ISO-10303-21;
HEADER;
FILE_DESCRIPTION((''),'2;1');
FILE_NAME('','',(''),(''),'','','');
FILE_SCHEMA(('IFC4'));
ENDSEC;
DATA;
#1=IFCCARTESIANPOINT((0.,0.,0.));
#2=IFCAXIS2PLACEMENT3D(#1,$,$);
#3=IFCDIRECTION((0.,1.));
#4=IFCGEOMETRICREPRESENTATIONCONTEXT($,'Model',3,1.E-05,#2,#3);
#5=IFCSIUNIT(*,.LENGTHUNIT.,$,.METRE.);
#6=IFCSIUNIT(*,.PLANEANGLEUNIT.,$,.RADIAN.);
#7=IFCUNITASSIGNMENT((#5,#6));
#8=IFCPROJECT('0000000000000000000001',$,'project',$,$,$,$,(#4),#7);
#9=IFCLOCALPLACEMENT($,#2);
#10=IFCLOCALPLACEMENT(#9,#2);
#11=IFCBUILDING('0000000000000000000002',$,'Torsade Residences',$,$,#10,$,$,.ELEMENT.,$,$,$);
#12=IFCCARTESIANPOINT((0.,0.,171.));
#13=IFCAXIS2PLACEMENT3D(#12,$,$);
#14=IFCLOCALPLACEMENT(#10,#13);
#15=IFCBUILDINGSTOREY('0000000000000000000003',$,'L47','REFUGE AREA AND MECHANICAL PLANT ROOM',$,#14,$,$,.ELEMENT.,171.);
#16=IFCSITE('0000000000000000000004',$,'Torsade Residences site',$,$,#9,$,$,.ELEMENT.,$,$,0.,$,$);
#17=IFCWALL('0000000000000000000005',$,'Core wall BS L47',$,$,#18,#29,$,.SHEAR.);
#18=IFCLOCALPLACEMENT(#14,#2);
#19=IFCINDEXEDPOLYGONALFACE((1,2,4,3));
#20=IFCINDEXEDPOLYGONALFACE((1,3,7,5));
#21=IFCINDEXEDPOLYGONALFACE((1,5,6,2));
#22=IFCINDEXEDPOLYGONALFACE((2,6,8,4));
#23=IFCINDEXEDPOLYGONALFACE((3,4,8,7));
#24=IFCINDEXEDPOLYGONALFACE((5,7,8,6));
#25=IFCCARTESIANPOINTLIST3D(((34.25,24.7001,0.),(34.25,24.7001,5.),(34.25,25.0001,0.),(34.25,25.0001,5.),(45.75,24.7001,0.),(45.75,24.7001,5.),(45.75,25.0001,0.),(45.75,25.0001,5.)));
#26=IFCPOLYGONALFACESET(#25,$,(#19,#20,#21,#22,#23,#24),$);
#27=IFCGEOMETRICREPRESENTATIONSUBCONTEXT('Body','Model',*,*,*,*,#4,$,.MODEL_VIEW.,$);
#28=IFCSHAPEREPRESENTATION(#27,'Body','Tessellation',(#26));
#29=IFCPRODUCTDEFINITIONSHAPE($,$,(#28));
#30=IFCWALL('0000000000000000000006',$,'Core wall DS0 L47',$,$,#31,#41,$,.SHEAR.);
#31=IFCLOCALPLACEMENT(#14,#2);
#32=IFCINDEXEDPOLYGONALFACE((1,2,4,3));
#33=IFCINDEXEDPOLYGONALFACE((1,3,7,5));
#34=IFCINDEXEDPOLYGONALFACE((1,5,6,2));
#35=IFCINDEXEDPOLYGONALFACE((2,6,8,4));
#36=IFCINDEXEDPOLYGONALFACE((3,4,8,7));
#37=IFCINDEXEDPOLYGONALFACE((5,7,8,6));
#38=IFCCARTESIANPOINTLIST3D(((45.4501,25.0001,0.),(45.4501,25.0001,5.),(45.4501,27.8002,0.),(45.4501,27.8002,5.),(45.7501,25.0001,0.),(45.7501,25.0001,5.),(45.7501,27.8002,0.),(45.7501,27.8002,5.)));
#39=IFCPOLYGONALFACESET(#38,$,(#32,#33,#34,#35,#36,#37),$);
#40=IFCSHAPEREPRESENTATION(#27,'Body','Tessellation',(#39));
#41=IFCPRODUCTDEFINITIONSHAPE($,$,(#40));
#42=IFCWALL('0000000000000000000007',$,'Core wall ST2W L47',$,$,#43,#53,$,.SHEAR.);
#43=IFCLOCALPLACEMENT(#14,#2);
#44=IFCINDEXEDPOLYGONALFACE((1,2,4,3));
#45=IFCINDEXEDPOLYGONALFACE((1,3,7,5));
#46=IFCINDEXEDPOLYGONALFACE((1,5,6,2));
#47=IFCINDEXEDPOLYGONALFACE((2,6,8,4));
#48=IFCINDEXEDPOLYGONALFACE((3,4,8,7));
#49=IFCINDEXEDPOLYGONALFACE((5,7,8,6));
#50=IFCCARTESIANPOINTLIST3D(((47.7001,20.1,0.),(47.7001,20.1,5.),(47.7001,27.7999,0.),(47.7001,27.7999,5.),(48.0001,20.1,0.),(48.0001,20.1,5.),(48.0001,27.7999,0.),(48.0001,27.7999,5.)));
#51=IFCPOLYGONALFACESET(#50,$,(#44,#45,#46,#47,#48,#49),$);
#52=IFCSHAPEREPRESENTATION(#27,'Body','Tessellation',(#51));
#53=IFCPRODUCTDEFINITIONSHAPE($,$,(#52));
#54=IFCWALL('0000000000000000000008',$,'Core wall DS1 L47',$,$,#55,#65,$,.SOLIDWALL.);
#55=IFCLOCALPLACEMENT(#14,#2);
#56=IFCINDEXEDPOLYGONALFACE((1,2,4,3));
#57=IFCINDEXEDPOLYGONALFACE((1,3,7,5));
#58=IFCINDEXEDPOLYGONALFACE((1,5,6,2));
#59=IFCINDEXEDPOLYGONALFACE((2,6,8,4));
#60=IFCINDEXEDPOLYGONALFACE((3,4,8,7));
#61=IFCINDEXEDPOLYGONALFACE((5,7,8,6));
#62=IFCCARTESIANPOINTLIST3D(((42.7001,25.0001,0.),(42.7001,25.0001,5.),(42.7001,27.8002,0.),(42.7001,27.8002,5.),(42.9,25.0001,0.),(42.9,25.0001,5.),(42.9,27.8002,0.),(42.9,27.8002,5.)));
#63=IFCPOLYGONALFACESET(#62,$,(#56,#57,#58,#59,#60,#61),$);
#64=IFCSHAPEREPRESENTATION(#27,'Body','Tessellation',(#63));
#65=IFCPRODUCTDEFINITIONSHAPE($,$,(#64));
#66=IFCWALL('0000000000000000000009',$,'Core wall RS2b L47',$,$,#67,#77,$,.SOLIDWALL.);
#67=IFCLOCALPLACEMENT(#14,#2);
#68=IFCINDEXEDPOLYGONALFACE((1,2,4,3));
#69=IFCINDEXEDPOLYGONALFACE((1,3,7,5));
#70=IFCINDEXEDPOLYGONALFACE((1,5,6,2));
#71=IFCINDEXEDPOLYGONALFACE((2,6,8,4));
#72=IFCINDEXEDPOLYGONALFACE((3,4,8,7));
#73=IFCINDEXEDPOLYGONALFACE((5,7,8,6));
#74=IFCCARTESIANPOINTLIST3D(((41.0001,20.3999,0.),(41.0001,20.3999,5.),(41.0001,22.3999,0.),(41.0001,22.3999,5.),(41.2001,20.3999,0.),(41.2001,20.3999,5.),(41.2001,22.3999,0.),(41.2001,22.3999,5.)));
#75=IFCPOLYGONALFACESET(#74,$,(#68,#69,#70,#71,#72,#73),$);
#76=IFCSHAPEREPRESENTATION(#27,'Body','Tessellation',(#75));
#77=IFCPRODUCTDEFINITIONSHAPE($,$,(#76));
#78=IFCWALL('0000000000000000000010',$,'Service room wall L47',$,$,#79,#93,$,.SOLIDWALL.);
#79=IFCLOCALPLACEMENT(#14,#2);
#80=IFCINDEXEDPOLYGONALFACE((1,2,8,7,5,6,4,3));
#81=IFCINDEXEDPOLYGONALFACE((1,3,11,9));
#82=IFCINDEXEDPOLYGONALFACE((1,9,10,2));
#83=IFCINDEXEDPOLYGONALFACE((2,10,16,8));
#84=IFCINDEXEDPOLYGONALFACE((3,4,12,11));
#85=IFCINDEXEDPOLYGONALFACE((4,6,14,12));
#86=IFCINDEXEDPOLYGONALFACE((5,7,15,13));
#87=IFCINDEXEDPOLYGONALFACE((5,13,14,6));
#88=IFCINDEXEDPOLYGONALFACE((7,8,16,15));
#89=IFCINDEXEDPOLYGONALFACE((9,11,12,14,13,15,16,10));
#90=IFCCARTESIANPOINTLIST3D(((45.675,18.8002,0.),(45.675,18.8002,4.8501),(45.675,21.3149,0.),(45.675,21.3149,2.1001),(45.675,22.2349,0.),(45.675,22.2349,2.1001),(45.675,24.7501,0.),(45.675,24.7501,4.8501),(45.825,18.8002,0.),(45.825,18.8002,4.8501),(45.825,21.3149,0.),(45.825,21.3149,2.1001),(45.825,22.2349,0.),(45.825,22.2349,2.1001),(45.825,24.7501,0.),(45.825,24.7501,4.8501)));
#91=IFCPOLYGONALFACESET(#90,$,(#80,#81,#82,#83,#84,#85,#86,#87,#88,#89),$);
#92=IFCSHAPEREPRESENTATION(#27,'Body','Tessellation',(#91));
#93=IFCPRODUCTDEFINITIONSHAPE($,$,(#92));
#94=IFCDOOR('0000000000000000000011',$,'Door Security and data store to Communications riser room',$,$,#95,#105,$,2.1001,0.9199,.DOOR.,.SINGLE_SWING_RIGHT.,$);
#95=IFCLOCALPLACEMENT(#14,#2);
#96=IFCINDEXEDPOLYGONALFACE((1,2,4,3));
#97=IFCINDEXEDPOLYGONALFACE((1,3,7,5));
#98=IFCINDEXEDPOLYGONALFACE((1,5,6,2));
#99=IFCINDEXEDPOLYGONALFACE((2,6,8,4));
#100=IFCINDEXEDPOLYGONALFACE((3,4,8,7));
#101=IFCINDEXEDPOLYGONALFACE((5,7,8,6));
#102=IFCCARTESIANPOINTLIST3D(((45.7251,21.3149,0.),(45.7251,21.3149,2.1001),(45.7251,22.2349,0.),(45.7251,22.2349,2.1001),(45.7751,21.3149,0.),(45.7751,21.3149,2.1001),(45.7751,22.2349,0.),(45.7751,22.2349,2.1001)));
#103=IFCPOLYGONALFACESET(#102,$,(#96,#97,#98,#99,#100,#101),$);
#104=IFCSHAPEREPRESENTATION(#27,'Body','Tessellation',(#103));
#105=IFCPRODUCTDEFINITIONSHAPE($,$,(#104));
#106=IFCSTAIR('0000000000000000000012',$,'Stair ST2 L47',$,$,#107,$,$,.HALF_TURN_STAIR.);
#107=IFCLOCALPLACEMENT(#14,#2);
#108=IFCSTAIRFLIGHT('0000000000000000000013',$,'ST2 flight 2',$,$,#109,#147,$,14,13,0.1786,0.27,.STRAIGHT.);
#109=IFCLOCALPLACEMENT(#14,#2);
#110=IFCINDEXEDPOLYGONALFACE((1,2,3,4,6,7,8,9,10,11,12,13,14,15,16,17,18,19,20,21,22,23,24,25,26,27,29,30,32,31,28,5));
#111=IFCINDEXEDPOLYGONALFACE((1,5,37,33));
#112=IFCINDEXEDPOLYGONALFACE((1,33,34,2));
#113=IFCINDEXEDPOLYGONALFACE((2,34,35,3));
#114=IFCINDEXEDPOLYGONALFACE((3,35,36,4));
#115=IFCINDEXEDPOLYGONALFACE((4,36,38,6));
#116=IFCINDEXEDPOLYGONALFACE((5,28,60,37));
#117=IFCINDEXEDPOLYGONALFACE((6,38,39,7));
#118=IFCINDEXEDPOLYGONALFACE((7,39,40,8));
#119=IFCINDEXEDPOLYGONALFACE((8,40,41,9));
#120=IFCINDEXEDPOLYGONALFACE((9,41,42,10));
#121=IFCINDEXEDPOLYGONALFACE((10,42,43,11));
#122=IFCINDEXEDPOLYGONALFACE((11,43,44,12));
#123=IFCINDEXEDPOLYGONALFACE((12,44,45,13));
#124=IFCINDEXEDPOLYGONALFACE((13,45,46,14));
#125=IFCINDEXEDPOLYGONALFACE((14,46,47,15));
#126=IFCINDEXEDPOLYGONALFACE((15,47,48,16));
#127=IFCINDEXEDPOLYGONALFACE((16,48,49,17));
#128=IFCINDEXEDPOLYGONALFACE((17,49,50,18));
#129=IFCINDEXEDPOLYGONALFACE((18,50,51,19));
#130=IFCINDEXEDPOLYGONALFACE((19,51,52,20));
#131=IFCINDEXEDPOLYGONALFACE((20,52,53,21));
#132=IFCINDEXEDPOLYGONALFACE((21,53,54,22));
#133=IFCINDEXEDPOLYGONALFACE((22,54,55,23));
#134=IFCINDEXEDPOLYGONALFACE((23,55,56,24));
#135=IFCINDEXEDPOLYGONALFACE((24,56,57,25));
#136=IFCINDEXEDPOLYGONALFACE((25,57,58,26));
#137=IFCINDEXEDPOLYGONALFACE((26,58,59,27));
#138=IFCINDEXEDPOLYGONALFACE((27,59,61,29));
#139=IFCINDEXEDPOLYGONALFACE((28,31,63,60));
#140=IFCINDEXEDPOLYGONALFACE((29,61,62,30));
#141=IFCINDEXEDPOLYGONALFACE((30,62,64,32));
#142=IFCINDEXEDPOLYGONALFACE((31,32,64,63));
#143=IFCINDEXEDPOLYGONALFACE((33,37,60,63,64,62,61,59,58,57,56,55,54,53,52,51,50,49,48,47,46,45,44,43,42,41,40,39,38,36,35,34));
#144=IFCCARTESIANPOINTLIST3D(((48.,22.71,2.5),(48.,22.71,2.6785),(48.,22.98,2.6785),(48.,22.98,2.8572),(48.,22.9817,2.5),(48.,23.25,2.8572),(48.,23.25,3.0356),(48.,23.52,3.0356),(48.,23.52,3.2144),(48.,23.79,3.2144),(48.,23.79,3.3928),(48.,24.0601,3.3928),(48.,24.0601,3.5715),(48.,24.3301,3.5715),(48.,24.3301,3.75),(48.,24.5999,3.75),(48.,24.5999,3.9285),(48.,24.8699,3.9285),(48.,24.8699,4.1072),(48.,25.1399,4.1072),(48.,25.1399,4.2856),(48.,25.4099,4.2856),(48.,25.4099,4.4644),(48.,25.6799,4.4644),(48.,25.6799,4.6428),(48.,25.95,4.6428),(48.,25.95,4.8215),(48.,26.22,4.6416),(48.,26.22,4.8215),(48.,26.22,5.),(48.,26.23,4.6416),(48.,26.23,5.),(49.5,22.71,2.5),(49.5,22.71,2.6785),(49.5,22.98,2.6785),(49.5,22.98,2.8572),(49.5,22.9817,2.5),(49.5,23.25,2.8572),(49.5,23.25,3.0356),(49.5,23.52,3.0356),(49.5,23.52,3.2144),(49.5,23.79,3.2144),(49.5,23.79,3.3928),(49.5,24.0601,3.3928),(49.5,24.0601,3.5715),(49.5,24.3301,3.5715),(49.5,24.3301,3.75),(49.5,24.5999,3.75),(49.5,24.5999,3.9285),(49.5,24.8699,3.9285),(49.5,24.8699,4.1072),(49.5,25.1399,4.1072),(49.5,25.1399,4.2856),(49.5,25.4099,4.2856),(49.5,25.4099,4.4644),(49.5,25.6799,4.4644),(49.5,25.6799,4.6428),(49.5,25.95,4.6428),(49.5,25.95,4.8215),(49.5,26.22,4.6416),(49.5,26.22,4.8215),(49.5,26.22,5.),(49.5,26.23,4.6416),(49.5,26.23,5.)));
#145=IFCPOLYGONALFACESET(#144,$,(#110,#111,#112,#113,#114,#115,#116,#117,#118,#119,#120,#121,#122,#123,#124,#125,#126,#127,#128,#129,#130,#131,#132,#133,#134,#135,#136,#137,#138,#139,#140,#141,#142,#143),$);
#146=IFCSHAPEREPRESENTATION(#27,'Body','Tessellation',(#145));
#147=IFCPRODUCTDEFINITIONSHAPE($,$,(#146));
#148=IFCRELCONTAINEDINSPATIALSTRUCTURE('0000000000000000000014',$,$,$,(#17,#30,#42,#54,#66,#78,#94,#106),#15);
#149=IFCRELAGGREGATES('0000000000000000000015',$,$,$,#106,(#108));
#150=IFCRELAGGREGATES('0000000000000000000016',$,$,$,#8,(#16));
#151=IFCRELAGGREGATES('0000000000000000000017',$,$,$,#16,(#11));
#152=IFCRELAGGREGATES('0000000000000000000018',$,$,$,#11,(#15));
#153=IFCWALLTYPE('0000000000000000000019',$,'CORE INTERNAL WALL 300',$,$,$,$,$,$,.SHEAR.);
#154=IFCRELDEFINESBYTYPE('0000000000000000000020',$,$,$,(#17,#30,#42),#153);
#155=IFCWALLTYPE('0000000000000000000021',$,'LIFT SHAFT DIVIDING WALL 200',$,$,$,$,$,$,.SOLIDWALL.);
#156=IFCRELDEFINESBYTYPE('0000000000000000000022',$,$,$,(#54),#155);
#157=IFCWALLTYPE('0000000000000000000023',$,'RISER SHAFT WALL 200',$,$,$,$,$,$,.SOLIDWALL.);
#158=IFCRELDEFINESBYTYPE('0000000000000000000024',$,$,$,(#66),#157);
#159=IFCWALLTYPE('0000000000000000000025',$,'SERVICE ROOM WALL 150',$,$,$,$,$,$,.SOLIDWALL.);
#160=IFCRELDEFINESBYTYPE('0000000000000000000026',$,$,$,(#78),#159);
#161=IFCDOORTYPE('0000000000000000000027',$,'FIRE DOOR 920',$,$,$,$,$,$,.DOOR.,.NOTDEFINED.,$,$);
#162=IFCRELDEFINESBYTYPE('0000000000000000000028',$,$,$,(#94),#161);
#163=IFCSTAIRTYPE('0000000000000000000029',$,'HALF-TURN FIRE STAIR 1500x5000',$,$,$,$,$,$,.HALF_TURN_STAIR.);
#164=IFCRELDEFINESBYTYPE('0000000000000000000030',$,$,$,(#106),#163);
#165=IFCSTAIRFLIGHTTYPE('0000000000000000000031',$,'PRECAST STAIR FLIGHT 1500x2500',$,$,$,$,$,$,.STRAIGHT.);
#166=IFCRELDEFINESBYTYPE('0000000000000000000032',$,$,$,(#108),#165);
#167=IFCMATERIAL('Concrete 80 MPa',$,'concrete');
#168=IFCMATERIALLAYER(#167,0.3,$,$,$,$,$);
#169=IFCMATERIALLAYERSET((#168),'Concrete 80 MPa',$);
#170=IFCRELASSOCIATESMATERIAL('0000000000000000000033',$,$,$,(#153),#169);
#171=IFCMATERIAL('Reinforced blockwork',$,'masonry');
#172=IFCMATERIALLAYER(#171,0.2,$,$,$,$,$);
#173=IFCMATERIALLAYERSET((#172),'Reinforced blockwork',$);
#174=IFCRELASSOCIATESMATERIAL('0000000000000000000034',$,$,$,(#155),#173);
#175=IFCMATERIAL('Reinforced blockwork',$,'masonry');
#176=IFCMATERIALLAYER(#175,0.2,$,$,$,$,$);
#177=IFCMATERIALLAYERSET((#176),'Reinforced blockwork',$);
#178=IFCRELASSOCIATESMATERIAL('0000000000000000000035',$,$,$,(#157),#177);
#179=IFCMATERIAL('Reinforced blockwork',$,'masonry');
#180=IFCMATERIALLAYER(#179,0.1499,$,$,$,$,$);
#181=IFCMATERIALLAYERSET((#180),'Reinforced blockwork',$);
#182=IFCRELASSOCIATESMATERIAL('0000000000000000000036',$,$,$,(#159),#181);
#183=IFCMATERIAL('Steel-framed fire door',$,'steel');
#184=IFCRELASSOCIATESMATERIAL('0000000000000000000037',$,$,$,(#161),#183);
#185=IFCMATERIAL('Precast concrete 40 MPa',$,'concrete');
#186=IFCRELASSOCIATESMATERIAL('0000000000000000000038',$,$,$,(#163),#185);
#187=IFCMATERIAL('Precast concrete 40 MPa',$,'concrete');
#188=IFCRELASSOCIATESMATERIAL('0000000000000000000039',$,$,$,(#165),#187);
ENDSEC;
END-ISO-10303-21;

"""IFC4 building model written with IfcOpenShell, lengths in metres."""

from ifc_helpers import new_model, si_unit, direction, frame, frame_2d, origin, place, context, subcontext, project, spatial, polyline, rectangle, outline, extrude, material, layer, layer_set, type_object, element, fill, aggregate, save


model = new_model("IFC4")

# Units and contexts
model_context = context("Model", 3, precision=1e-05, world=origin(), true_north=direction((0.0, 1.0)))
body_context = subcontext(model_context, "Body", "Model", "MODEL_VIEW")
ifc_project = project(units=[si_unit("LENGTHUNIT", "METRE"), si_unit("PLANEANGLEUNIT", "RADIAN")], contexts=[model_context])

# Site, building, storey
site_placement = place(None, origin())
site = spatial("IfcSite", under=ifc_project, at=site_placement, Name="Torsade Residences site", CompositionType="ELEMENT", RefElevation=0.0)
building_placement = place(site_placement, origin())
building = spatial("IfcBuilding", under=site, at=building_placement, Name="Torsade Residences", CompositionType="ELEMENT")
storey_placement = place(building_placement, frame((0.0, 0.0, 171.0)))
storey = spatial("IfcBuildingStorey", under=building, at=storey_placement, Name="L47", Description="REFUGE AREA AND MECHANICAL PLANT ROOM", CompositionType="ELEMENT", Elevation=171.0)

# Walls
ifc_material_1 = material(Name="Concrete 80 MPa", Category="concrete")
ifc_layer_1 = layer(ifc_material_1, 0.3)
ifc_layer_set_1 = layer_set([ifc_layer_1], Name="Concrete 80 MPa")
wall_type_1 = type_object("IfcWallType", Name="CORE INTERNAL WALL 300", PredefinedType="SHEAR", material=ifc_layer_set_1)
wall_1_placement = place(storey_placement, frame((45.75, 24.8501, 0.0), z_axis=(0.0, 0.0, 1.0), x_axis=(-1.0, 0.0, 0.0)))
element("IfcWall", 1, at=wall_1_placement, inside=storey, type_object=wall_type_1, Name="Core wall BS L47", PredefinedType="SHEAR", context=body_context, shape_type="SweptSolid", body=[
    extrude(rectangle(XDim=11.5, YDim=0.3, at=frame_2d((5.75, 0.0))), origin(), (0.0, 0.0, 1.0), 5.0),
])
wall_2_placement = place(storey_placement, frame((45.6001, 27.8, 0.0), z_axis=(0.0, 0.0, 1.0), x_axis=(0.0, -1.0, 0.0)))
element("IfcWall", 2, at=wall_2_placement, inside=storey, type_object=wall_type_1, Name="Core wall DS0 L47", PredefinedType="SHEAR", context=body_context, shape_type="SweptSolid", body=[
    extrude(rectangle(XDim=2.8, YDim=0.3, at=frame_2d((1.3999, 0.0))), origin(), (0.0, 0.0, 1.0), 5.0),
])
wall_3_placement = place(storey_placement, frame((47.8501, 27.8, 0.0), z_axis=(0.0, 0.0, 1.0), x_axis=(0.0, -1.0, 0.0)))
element("IfcWall", 3, at=wall_3_placement, inside=storey, type_object=wall_type_1, Name="Core wall ST2W L47", PredefinedType="SHEAR", context=body_context, shape_type="SweptSolid", body=[
    extrude(rectangle(XDim=7.7, YDim=0.3, at=frame_2d((3.8501, 0.0))), origin(), (0.0, 0.0, 1.0), 5.0),
])
ifc_material_2 = material(Name="Reinforced blockwork", Category="masonry")
ifc_layer_2 = layer(ifc_material_2, 0.2)
ifc_layer_set_2 = layer_set([ifc_layer_2], Name="Reinforced blockwork")
wall_type_2 = type_object("IfcWallType", Name="LIFT SHAFT DIVIDING WALL 200", PredefinedType="SOLIDWALL", material=ifc_layer_set_2)
wall_4_placement = place(storey_placement, frame((42.8, 27.8, 0.0), z_axis=(0.0, 0.0, 1.0), x_axis=(0.0, -1.0, 0.0)))
element("IfcWall", 4, at=wall_4_placement, inside=storey, type_object=wall_type_2, Name="Core wall DS1 L47", PredefinedType="SOLIDWALL", context=body_context, shape_type="SweptSolid", body=[
    extrude(rectangle(XDim=2.8, YDim=0.2, at=frame_2d((1.3999, 0.0))), origin(), (0.0, 0.0, 1.0), 5.0),
])
ifc_material_3 = material(Name="Reinforced blockwork", Category="masonry")
ifc_layer_3 = layer(ifc_material_3, 0.2)
ifc_layer_set_3 = layer_set([ifc_layer_3], Name="Reinforced blockwork")
wall_type_3 = type_object("IfcWallType", Name="RISER SHAFT WALL 200", PredefinedType="SOLIDWALL", material=ifc_layer_set_3)
wall_5_placement = place(storey_placement, frame((41.1001, 22.3999, 0.0), z_axis=(0.0, 0.0, 1.0), x_axis=(0.0, -1.0, 0.0)))
element("IfcWall", 5, at=wall_5_placement, inside=storey, type_object=wall_type_3, Name="Core wall RS2b L47", PredefinedType="SOLIDWALL", context=body_context, shape_type="SweptSolid", body=[
    extrude(rectangle(XDim=2.0, YDim=0.2, at=frame_2d((1.0, 0.0))), origin(), (0.0, 0.0, 1.0), 5.0),
])

# Wall, opening, door
ifc_material_4 = material(Name="Reinforced blockwork", Category="masonry")
ifc_layer_4 = layer(ifc_material_4, 0.1499)
ifc_layer_set_4 = layer_set([ifc_layer_4], Name="Reinforced blockwork")
wall_type_4 = type_object("IfcWallType", Name="SERVICE ROOM WALL 150", PredefinedType="SOLIDWALL", material=ifc_layer_set_4)
wall_6_placement = place(storey_placement, frame((45.75, 18.8, 0.0), z_axis=(0.0, 0.0, 1.0), x_axis=(0.0, 1.0, 0.0)))
wall_6 = element("IfcWall", 6, at=wall_6_placement, inside=storey, type_object=wall_type_4, Name="Service room wall L47", PredefinedType="SOLIDWALL", context=body_context, shape_type="SweptSolid", body=[
    extrude(rectangle(XDim=5.95, YDim=0.1499, at=frame_2d((2.9751, 0.0))), origin(), (0.0, 0.0, 1.0), 4.8501),
])
opening_placement = place(wall_6_placement, frame((2.5149, 0.0, 0.0)))
opening = element("IfcOpeningElement", 7, at=opening_placement, cuts=wall_6, PredefinedType="OPENING", context=body_context, shape_type="SweptSolid", body=[
    extrude(rectangle(XDim=0.9199, YDim=2.1001, at=frame_2d((0.46, 1.05))), frame((0.0, 0.085, 0.0), z_axis=(0.0, -1.0, 0.0), x_axis=(1.0, 0.0, 0.0)), (0.0, 0.0, 1.0), 0.1699),
])
ifc_material_5 = material(Name="Steel-framed fire door", Category="steel")
door_type = type_object("IfcDoorType", Name="FIRE DOOR 920", OperationType="NOTDEFINED", PredefinedType="DOOR", material=ifc_material_5)
door_placement = place(opening_placement, origin())
door = element("IfcDoor", 8, at=door_placement, inside=storey, type_object=door_type, Name="Door Security and data store to Communications riser room", OperationType="SINGLE_SWING_RIGHT", OverallHeight=2.1001, OverallWidth=0.9199, PredefinedType="DOOR", context=body_context, shape_type="SweptSolid", body=[
    extrude(rectangle(XDim=0.9199, YDim=2.1001, at=frame_2d((0.46, 1.05))), frame((0.0, 0.0249, 0.0), z_axis=(0.0, -1.0, 0.0), x_axis=(1.0, 0.0, 0.0)), (0.0, 0.0, 1.0), 0.05),
])
fill(opening, door)

# Stair, stair flight
ifc_material_6 = material(Name="Precast concrete 40 MPa", Category="concrete")
stair_type = type_object("IfcStairType", Name="HALF-TURN FIRE STAIR 1500x5000", PredefinedType="HALF_TURN_STAIR", material=ifc_material_6)
stair_placement = place(storey_placement, origin())
stair = element("IfcStair", 9, at=stair_placement, inside=storey, type_object=stair_type, Name="Stair ST2 L47", PredefinedType="HALF_TURN_STAIR")
ifc_material_7 = material(Name="Precast concrete 40 MPa", Category="concrete")
stair_flight_type = type_object("IfcStairFlightType", Name="PRECAST STAIR FLIGHT 1500x2500", PredefinedType="STRAIGHT", material=ifc_material_7)
stair_flight_placement = place(storey_placement, frame((48.75, 22.71, 2.5), z_axis=(0.0, 0.0, 1.0), x_axis=(0.0, 1.0, 0.0)))
stair_flight = element("IfcStairFlight", 10, at=stair_flight_placement, type_object=stair_flight_type, Name="ST2 flight 2", NumberOfRisers=14, NumberOfTreads=13, PredefinedType="STRAIGHT", RiserHeight=0.1786, TreadLength=0.27, context=body_context, shape_type="SweptSolid", body=[
    extrude(outline(polyline([(0.0, 0.0), (0.0, 0.1785), (0.27, 0.1785), (0.27, 0.3572), (0.54, 0.3572), (0.54, 0.5356), (0.8101, 0.5356), (0.8101, 0.7144), (1.0801, 0.7144), (1.0801, 0.8928), (1.3501, 0.8928), (1.3501, 1.0715), (1.6201, 1.0715), (1.6201, 1.25), (1.8899, 1.25), (1.8899, 1.4285), (2.1599, 1.4285), (2.1599, 1.6072), (2.4299, 1.6072), (2.4299, 1.7856), (2.7, 1.7856), (2.7, 1.9644), (2.97, 1.9644), (2.97, 2.1428), (3.24, 2.1428), (3.24, 2.3215), (3.51, 2.3215), (3.51, 2.5), (3.52, 2.5), (3.52, 2.1416), (3.51, 2.1416), (0.2717, 0.0), (0.0, 0.0)])), frame((0.0, 0.75, 0.0), z_axis=(0.0, -1.0, 0.0), x_axis=(1.0, 0.0, 0.0)), (0.0, 0.0, 1.0), 1.5),
])
aggregate(stair, [stair_flight])

save(model, "model.ifc")
